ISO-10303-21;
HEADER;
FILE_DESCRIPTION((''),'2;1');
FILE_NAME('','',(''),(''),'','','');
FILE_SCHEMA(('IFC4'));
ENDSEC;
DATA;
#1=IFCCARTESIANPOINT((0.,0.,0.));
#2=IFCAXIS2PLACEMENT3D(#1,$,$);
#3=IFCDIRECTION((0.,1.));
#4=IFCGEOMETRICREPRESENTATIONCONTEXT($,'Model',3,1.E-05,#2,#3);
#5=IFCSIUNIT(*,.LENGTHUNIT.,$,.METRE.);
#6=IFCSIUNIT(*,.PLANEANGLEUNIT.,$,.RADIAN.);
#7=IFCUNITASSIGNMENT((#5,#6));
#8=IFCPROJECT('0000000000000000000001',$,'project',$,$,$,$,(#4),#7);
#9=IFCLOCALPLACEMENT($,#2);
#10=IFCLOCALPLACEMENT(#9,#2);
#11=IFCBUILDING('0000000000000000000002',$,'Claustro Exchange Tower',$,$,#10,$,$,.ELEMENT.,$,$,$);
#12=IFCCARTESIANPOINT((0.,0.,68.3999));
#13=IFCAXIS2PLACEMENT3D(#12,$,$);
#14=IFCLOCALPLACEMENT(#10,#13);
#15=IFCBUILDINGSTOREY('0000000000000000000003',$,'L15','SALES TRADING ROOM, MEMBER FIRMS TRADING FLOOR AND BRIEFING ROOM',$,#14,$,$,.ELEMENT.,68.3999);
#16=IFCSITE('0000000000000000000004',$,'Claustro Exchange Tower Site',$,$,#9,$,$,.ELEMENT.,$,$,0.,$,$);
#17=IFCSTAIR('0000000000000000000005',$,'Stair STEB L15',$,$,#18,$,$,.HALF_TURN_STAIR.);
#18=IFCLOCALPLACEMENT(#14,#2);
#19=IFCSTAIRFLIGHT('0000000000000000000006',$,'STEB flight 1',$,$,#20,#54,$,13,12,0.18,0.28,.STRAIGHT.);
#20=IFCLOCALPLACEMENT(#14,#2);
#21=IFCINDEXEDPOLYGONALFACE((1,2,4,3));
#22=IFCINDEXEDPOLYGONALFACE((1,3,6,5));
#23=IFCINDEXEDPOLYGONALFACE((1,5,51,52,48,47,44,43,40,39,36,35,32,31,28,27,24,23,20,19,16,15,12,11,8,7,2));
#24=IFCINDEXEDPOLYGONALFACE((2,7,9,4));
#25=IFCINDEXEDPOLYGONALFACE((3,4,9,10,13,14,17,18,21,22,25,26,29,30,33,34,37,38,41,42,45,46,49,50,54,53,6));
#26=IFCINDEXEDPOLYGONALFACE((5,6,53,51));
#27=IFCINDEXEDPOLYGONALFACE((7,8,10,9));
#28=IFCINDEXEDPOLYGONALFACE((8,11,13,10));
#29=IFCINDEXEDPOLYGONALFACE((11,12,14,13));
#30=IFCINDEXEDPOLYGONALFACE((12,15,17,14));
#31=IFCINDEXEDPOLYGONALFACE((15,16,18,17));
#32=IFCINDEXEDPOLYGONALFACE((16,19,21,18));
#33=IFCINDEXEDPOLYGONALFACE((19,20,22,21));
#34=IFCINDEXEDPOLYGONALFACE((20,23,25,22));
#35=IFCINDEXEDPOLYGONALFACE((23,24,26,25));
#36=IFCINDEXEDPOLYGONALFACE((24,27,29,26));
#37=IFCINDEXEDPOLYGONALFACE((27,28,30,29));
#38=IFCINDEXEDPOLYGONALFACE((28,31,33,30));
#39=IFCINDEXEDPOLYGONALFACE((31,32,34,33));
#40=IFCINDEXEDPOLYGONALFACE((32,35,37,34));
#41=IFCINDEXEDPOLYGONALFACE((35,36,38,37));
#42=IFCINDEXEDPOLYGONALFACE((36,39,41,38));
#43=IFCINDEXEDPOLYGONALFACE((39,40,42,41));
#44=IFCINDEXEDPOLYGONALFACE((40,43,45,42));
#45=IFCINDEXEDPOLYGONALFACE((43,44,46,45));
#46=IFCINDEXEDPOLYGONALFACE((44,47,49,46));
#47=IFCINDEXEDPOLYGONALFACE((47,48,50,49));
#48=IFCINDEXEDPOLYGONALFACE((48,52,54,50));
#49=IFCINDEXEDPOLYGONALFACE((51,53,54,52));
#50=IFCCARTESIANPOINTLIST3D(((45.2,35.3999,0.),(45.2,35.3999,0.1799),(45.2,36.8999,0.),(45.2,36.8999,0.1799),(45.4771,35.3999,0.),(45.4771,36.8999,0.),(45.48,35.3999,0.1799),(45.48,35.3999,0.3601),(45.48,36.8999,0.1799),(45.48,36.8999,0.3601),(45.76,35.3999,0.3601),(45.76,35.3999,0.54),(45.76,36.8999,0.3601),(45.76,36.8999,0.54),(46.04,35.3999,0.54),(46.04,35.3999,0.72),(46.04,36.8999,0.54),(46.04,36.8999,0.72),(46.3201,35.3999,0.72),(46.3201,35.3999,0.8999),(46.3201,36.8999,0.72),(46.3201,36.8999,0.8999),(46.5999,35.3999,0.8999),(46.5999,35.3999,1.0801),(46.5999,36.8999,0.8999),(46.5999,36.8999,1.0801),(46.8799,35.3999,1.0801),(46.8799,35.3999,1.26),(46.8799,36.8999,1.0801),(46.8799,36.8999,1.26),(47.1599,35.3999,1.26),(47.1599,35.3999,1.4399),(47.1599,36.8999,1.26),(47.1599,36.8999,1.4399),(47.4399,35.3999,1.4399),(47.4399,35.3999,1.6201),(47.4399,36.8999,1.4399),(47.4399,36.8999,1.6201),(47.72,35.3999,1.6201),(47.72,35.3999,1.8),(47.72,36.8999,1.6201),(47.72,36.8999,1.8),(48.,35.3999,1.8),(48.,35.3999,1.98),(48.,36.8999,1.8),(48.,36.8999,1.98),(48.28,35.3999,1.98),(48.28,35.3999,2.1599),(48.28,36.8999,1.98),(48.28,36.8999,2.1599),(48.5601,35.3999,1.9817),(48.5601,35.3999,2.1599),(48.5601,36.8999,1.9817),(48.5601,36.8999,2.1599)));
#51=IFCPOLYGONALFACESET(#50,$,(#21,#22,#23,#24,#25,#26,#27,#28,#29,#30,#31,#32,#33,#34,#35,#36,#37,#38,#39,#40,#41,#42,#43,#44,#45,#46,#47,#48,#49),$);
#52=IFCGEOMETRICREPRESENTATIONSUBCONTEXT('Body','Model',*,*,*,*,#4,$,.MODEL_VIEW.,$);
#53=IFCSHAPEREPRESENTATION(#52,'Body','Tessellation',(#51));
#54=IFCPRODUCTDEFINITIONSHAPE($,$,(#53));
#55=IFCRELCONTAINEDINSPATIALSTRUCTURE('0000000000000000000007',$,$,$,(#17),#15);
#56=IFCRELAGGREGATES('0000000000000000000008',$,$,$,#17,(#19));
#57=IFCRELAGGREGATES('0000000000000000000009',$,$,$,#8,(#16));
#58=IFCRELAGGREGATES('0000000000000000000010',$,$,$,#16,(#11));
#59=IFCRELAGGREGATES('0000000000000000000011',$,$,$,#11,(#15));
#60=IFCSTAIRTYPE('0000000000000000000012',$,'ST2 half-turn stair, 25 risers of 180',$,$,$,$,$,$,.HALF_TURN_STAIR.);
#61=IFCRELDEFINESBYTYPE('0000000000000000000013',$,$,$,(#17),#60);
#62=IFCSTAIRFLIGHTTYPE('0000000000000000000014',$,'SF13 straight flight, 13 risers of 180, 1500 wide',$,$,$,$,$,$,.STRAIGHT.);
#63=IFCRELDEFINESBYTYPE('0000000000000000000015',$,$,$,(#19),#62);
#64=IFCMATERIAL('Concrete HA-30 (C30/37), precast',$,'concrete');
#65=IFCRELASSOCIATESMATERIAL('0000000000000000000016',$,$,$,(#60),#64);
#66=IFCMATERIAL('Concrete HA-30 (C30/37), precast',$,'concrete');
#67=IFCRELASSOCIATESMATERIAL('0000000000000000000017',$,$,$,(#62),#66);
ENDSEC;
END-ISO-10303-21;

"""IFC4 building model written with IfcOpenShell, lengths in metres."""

from ifc_helpers import new_model, si_unit, direction, frame, origin, place, context, subcontext, project, spatial, polyline, outline, extrude, material, type_object, element, aggregate, save


model = new_model("IFC4")

# Units and contexts
model_context = context("Model", 3, precision=1e-05, world=origin(), true_north=direction((0.0, 1.0)))
body_context = subcontext(model_context, "Body", "Model", "MODEL_VIEW")
ifc_project = project(units=[si_unit("LENGTHUNIT", "METRE"), si_unit("PLANEANGLEUNIT", "RADIAN")], contexts=[model_context])

# Site, building, storey
site_placement = place(None, origin())
site = spatial("IfcSite", under=ifc_project, at=site_placement, Name="Claustro Exchange Tower Site", CompositionType="ELEMENT", RefElevation=0.0)
building_placement = place(site_placement, origin())
building = spatial("IfcBuilding", under=site, at=building_placement, Name="Claustro Exchange Tower", CompositionType="ELEMENT")
storey_placement = place(building_placement, frame((0.0, 0.0, 68.3999)))
storey = spatial("IfcBuildingStorey", under=building, at=storey_placement, Name="L15", Description="SALES TRADING ROOM, MEMBER FIRMS TRADING FLOOR AND BRIEFING ROOM", CompositionType="ELEMENT", Elevation=68.3999)

# Stair, stair flight
ifc_material_1 = material(Name="Concrete HA-30 (C30/37), precast", Category="concrete")
stair_type = type_object("IfcStairType", Name="ST2 half-turn stair, 25 risers of 180", PredefinedType="HALF_TURN_STAIR", material=ifc_material_1)
stair_placement = place(storey_placement, origin())
stair = element("IfcStair", 1, at=stair_placement, inside=storey, type_object=stair_type, Name="Stair STEB L15", PredefinedType="HALF_TURN_STAIR")
ifc_material_2 = material(Name="Concrete HA-30 (C30/37), precast", Category="concrete")
stair_flight_type_1 = type_object("IfcStairFlightType", Name="SF13 straight flight, 13 risers of 180, 1500 wide", PredefinedType="STRAIGHT", material=ifc_material_2)
stair_flight_1_placement = place(storey_placement, frame((45.2, 36.1499, 0.0), z_axis=(0.0, 0.0, 1.0), x_axis=(1.0, 0.0, 0.0)))
stair_flight_1 = element("IfcStairFlight", 2, at=stair_flight_1_placement, type_object=stair_flight_type_1, Name="STEB flight 1", NumberOfRisers=13, NumberOfTreads=12, PredefinedType="STRAIGHT", RiserHeight=0.18, TreadLength=0.28, context=body_context, shape_type="SweptSolid", body=[
    extrude(outline(polyline([(0.0, 0.0), (0.0, 0.1799), (0.28, 0.1799), (0.28, 0.3601), (0.5601, 0.3601), (0.5601, 0.54), (0.8401, 0.54), (0.8401, 0.72), (1.1201, 0.72), (1.1201, 0.8999), (1.3999, 0.8999), (1.3999, 1.0801), (1.6799, 1.0801), (1.6799, 1.26), (1.96, 1.26), (1.96, 1.4399), (2.24, 1.4399), (2.24, 1.6201), (2.52, 1.6201), (2.52, 1.8), (2.8, 1.8), (2.8, 1.98), (3.0801, 1.98), (3.0801, 2.1599), (3.3601, 2.1599), (3.3601, 2.3401), (3.3601, 1.9817), (0.2771, 0.0), (0.0, 0.0)])), frame((0.0, 0.75, 0.0), z_axis=(0.0, -1.0, 0.0), x_axis=(1.0, 0.0, 0.0)), (0.0, 0.0, 1.0), 1.5),
])
aggregate(stair, [stair_flight_1])

save(model, "model.ifc")
